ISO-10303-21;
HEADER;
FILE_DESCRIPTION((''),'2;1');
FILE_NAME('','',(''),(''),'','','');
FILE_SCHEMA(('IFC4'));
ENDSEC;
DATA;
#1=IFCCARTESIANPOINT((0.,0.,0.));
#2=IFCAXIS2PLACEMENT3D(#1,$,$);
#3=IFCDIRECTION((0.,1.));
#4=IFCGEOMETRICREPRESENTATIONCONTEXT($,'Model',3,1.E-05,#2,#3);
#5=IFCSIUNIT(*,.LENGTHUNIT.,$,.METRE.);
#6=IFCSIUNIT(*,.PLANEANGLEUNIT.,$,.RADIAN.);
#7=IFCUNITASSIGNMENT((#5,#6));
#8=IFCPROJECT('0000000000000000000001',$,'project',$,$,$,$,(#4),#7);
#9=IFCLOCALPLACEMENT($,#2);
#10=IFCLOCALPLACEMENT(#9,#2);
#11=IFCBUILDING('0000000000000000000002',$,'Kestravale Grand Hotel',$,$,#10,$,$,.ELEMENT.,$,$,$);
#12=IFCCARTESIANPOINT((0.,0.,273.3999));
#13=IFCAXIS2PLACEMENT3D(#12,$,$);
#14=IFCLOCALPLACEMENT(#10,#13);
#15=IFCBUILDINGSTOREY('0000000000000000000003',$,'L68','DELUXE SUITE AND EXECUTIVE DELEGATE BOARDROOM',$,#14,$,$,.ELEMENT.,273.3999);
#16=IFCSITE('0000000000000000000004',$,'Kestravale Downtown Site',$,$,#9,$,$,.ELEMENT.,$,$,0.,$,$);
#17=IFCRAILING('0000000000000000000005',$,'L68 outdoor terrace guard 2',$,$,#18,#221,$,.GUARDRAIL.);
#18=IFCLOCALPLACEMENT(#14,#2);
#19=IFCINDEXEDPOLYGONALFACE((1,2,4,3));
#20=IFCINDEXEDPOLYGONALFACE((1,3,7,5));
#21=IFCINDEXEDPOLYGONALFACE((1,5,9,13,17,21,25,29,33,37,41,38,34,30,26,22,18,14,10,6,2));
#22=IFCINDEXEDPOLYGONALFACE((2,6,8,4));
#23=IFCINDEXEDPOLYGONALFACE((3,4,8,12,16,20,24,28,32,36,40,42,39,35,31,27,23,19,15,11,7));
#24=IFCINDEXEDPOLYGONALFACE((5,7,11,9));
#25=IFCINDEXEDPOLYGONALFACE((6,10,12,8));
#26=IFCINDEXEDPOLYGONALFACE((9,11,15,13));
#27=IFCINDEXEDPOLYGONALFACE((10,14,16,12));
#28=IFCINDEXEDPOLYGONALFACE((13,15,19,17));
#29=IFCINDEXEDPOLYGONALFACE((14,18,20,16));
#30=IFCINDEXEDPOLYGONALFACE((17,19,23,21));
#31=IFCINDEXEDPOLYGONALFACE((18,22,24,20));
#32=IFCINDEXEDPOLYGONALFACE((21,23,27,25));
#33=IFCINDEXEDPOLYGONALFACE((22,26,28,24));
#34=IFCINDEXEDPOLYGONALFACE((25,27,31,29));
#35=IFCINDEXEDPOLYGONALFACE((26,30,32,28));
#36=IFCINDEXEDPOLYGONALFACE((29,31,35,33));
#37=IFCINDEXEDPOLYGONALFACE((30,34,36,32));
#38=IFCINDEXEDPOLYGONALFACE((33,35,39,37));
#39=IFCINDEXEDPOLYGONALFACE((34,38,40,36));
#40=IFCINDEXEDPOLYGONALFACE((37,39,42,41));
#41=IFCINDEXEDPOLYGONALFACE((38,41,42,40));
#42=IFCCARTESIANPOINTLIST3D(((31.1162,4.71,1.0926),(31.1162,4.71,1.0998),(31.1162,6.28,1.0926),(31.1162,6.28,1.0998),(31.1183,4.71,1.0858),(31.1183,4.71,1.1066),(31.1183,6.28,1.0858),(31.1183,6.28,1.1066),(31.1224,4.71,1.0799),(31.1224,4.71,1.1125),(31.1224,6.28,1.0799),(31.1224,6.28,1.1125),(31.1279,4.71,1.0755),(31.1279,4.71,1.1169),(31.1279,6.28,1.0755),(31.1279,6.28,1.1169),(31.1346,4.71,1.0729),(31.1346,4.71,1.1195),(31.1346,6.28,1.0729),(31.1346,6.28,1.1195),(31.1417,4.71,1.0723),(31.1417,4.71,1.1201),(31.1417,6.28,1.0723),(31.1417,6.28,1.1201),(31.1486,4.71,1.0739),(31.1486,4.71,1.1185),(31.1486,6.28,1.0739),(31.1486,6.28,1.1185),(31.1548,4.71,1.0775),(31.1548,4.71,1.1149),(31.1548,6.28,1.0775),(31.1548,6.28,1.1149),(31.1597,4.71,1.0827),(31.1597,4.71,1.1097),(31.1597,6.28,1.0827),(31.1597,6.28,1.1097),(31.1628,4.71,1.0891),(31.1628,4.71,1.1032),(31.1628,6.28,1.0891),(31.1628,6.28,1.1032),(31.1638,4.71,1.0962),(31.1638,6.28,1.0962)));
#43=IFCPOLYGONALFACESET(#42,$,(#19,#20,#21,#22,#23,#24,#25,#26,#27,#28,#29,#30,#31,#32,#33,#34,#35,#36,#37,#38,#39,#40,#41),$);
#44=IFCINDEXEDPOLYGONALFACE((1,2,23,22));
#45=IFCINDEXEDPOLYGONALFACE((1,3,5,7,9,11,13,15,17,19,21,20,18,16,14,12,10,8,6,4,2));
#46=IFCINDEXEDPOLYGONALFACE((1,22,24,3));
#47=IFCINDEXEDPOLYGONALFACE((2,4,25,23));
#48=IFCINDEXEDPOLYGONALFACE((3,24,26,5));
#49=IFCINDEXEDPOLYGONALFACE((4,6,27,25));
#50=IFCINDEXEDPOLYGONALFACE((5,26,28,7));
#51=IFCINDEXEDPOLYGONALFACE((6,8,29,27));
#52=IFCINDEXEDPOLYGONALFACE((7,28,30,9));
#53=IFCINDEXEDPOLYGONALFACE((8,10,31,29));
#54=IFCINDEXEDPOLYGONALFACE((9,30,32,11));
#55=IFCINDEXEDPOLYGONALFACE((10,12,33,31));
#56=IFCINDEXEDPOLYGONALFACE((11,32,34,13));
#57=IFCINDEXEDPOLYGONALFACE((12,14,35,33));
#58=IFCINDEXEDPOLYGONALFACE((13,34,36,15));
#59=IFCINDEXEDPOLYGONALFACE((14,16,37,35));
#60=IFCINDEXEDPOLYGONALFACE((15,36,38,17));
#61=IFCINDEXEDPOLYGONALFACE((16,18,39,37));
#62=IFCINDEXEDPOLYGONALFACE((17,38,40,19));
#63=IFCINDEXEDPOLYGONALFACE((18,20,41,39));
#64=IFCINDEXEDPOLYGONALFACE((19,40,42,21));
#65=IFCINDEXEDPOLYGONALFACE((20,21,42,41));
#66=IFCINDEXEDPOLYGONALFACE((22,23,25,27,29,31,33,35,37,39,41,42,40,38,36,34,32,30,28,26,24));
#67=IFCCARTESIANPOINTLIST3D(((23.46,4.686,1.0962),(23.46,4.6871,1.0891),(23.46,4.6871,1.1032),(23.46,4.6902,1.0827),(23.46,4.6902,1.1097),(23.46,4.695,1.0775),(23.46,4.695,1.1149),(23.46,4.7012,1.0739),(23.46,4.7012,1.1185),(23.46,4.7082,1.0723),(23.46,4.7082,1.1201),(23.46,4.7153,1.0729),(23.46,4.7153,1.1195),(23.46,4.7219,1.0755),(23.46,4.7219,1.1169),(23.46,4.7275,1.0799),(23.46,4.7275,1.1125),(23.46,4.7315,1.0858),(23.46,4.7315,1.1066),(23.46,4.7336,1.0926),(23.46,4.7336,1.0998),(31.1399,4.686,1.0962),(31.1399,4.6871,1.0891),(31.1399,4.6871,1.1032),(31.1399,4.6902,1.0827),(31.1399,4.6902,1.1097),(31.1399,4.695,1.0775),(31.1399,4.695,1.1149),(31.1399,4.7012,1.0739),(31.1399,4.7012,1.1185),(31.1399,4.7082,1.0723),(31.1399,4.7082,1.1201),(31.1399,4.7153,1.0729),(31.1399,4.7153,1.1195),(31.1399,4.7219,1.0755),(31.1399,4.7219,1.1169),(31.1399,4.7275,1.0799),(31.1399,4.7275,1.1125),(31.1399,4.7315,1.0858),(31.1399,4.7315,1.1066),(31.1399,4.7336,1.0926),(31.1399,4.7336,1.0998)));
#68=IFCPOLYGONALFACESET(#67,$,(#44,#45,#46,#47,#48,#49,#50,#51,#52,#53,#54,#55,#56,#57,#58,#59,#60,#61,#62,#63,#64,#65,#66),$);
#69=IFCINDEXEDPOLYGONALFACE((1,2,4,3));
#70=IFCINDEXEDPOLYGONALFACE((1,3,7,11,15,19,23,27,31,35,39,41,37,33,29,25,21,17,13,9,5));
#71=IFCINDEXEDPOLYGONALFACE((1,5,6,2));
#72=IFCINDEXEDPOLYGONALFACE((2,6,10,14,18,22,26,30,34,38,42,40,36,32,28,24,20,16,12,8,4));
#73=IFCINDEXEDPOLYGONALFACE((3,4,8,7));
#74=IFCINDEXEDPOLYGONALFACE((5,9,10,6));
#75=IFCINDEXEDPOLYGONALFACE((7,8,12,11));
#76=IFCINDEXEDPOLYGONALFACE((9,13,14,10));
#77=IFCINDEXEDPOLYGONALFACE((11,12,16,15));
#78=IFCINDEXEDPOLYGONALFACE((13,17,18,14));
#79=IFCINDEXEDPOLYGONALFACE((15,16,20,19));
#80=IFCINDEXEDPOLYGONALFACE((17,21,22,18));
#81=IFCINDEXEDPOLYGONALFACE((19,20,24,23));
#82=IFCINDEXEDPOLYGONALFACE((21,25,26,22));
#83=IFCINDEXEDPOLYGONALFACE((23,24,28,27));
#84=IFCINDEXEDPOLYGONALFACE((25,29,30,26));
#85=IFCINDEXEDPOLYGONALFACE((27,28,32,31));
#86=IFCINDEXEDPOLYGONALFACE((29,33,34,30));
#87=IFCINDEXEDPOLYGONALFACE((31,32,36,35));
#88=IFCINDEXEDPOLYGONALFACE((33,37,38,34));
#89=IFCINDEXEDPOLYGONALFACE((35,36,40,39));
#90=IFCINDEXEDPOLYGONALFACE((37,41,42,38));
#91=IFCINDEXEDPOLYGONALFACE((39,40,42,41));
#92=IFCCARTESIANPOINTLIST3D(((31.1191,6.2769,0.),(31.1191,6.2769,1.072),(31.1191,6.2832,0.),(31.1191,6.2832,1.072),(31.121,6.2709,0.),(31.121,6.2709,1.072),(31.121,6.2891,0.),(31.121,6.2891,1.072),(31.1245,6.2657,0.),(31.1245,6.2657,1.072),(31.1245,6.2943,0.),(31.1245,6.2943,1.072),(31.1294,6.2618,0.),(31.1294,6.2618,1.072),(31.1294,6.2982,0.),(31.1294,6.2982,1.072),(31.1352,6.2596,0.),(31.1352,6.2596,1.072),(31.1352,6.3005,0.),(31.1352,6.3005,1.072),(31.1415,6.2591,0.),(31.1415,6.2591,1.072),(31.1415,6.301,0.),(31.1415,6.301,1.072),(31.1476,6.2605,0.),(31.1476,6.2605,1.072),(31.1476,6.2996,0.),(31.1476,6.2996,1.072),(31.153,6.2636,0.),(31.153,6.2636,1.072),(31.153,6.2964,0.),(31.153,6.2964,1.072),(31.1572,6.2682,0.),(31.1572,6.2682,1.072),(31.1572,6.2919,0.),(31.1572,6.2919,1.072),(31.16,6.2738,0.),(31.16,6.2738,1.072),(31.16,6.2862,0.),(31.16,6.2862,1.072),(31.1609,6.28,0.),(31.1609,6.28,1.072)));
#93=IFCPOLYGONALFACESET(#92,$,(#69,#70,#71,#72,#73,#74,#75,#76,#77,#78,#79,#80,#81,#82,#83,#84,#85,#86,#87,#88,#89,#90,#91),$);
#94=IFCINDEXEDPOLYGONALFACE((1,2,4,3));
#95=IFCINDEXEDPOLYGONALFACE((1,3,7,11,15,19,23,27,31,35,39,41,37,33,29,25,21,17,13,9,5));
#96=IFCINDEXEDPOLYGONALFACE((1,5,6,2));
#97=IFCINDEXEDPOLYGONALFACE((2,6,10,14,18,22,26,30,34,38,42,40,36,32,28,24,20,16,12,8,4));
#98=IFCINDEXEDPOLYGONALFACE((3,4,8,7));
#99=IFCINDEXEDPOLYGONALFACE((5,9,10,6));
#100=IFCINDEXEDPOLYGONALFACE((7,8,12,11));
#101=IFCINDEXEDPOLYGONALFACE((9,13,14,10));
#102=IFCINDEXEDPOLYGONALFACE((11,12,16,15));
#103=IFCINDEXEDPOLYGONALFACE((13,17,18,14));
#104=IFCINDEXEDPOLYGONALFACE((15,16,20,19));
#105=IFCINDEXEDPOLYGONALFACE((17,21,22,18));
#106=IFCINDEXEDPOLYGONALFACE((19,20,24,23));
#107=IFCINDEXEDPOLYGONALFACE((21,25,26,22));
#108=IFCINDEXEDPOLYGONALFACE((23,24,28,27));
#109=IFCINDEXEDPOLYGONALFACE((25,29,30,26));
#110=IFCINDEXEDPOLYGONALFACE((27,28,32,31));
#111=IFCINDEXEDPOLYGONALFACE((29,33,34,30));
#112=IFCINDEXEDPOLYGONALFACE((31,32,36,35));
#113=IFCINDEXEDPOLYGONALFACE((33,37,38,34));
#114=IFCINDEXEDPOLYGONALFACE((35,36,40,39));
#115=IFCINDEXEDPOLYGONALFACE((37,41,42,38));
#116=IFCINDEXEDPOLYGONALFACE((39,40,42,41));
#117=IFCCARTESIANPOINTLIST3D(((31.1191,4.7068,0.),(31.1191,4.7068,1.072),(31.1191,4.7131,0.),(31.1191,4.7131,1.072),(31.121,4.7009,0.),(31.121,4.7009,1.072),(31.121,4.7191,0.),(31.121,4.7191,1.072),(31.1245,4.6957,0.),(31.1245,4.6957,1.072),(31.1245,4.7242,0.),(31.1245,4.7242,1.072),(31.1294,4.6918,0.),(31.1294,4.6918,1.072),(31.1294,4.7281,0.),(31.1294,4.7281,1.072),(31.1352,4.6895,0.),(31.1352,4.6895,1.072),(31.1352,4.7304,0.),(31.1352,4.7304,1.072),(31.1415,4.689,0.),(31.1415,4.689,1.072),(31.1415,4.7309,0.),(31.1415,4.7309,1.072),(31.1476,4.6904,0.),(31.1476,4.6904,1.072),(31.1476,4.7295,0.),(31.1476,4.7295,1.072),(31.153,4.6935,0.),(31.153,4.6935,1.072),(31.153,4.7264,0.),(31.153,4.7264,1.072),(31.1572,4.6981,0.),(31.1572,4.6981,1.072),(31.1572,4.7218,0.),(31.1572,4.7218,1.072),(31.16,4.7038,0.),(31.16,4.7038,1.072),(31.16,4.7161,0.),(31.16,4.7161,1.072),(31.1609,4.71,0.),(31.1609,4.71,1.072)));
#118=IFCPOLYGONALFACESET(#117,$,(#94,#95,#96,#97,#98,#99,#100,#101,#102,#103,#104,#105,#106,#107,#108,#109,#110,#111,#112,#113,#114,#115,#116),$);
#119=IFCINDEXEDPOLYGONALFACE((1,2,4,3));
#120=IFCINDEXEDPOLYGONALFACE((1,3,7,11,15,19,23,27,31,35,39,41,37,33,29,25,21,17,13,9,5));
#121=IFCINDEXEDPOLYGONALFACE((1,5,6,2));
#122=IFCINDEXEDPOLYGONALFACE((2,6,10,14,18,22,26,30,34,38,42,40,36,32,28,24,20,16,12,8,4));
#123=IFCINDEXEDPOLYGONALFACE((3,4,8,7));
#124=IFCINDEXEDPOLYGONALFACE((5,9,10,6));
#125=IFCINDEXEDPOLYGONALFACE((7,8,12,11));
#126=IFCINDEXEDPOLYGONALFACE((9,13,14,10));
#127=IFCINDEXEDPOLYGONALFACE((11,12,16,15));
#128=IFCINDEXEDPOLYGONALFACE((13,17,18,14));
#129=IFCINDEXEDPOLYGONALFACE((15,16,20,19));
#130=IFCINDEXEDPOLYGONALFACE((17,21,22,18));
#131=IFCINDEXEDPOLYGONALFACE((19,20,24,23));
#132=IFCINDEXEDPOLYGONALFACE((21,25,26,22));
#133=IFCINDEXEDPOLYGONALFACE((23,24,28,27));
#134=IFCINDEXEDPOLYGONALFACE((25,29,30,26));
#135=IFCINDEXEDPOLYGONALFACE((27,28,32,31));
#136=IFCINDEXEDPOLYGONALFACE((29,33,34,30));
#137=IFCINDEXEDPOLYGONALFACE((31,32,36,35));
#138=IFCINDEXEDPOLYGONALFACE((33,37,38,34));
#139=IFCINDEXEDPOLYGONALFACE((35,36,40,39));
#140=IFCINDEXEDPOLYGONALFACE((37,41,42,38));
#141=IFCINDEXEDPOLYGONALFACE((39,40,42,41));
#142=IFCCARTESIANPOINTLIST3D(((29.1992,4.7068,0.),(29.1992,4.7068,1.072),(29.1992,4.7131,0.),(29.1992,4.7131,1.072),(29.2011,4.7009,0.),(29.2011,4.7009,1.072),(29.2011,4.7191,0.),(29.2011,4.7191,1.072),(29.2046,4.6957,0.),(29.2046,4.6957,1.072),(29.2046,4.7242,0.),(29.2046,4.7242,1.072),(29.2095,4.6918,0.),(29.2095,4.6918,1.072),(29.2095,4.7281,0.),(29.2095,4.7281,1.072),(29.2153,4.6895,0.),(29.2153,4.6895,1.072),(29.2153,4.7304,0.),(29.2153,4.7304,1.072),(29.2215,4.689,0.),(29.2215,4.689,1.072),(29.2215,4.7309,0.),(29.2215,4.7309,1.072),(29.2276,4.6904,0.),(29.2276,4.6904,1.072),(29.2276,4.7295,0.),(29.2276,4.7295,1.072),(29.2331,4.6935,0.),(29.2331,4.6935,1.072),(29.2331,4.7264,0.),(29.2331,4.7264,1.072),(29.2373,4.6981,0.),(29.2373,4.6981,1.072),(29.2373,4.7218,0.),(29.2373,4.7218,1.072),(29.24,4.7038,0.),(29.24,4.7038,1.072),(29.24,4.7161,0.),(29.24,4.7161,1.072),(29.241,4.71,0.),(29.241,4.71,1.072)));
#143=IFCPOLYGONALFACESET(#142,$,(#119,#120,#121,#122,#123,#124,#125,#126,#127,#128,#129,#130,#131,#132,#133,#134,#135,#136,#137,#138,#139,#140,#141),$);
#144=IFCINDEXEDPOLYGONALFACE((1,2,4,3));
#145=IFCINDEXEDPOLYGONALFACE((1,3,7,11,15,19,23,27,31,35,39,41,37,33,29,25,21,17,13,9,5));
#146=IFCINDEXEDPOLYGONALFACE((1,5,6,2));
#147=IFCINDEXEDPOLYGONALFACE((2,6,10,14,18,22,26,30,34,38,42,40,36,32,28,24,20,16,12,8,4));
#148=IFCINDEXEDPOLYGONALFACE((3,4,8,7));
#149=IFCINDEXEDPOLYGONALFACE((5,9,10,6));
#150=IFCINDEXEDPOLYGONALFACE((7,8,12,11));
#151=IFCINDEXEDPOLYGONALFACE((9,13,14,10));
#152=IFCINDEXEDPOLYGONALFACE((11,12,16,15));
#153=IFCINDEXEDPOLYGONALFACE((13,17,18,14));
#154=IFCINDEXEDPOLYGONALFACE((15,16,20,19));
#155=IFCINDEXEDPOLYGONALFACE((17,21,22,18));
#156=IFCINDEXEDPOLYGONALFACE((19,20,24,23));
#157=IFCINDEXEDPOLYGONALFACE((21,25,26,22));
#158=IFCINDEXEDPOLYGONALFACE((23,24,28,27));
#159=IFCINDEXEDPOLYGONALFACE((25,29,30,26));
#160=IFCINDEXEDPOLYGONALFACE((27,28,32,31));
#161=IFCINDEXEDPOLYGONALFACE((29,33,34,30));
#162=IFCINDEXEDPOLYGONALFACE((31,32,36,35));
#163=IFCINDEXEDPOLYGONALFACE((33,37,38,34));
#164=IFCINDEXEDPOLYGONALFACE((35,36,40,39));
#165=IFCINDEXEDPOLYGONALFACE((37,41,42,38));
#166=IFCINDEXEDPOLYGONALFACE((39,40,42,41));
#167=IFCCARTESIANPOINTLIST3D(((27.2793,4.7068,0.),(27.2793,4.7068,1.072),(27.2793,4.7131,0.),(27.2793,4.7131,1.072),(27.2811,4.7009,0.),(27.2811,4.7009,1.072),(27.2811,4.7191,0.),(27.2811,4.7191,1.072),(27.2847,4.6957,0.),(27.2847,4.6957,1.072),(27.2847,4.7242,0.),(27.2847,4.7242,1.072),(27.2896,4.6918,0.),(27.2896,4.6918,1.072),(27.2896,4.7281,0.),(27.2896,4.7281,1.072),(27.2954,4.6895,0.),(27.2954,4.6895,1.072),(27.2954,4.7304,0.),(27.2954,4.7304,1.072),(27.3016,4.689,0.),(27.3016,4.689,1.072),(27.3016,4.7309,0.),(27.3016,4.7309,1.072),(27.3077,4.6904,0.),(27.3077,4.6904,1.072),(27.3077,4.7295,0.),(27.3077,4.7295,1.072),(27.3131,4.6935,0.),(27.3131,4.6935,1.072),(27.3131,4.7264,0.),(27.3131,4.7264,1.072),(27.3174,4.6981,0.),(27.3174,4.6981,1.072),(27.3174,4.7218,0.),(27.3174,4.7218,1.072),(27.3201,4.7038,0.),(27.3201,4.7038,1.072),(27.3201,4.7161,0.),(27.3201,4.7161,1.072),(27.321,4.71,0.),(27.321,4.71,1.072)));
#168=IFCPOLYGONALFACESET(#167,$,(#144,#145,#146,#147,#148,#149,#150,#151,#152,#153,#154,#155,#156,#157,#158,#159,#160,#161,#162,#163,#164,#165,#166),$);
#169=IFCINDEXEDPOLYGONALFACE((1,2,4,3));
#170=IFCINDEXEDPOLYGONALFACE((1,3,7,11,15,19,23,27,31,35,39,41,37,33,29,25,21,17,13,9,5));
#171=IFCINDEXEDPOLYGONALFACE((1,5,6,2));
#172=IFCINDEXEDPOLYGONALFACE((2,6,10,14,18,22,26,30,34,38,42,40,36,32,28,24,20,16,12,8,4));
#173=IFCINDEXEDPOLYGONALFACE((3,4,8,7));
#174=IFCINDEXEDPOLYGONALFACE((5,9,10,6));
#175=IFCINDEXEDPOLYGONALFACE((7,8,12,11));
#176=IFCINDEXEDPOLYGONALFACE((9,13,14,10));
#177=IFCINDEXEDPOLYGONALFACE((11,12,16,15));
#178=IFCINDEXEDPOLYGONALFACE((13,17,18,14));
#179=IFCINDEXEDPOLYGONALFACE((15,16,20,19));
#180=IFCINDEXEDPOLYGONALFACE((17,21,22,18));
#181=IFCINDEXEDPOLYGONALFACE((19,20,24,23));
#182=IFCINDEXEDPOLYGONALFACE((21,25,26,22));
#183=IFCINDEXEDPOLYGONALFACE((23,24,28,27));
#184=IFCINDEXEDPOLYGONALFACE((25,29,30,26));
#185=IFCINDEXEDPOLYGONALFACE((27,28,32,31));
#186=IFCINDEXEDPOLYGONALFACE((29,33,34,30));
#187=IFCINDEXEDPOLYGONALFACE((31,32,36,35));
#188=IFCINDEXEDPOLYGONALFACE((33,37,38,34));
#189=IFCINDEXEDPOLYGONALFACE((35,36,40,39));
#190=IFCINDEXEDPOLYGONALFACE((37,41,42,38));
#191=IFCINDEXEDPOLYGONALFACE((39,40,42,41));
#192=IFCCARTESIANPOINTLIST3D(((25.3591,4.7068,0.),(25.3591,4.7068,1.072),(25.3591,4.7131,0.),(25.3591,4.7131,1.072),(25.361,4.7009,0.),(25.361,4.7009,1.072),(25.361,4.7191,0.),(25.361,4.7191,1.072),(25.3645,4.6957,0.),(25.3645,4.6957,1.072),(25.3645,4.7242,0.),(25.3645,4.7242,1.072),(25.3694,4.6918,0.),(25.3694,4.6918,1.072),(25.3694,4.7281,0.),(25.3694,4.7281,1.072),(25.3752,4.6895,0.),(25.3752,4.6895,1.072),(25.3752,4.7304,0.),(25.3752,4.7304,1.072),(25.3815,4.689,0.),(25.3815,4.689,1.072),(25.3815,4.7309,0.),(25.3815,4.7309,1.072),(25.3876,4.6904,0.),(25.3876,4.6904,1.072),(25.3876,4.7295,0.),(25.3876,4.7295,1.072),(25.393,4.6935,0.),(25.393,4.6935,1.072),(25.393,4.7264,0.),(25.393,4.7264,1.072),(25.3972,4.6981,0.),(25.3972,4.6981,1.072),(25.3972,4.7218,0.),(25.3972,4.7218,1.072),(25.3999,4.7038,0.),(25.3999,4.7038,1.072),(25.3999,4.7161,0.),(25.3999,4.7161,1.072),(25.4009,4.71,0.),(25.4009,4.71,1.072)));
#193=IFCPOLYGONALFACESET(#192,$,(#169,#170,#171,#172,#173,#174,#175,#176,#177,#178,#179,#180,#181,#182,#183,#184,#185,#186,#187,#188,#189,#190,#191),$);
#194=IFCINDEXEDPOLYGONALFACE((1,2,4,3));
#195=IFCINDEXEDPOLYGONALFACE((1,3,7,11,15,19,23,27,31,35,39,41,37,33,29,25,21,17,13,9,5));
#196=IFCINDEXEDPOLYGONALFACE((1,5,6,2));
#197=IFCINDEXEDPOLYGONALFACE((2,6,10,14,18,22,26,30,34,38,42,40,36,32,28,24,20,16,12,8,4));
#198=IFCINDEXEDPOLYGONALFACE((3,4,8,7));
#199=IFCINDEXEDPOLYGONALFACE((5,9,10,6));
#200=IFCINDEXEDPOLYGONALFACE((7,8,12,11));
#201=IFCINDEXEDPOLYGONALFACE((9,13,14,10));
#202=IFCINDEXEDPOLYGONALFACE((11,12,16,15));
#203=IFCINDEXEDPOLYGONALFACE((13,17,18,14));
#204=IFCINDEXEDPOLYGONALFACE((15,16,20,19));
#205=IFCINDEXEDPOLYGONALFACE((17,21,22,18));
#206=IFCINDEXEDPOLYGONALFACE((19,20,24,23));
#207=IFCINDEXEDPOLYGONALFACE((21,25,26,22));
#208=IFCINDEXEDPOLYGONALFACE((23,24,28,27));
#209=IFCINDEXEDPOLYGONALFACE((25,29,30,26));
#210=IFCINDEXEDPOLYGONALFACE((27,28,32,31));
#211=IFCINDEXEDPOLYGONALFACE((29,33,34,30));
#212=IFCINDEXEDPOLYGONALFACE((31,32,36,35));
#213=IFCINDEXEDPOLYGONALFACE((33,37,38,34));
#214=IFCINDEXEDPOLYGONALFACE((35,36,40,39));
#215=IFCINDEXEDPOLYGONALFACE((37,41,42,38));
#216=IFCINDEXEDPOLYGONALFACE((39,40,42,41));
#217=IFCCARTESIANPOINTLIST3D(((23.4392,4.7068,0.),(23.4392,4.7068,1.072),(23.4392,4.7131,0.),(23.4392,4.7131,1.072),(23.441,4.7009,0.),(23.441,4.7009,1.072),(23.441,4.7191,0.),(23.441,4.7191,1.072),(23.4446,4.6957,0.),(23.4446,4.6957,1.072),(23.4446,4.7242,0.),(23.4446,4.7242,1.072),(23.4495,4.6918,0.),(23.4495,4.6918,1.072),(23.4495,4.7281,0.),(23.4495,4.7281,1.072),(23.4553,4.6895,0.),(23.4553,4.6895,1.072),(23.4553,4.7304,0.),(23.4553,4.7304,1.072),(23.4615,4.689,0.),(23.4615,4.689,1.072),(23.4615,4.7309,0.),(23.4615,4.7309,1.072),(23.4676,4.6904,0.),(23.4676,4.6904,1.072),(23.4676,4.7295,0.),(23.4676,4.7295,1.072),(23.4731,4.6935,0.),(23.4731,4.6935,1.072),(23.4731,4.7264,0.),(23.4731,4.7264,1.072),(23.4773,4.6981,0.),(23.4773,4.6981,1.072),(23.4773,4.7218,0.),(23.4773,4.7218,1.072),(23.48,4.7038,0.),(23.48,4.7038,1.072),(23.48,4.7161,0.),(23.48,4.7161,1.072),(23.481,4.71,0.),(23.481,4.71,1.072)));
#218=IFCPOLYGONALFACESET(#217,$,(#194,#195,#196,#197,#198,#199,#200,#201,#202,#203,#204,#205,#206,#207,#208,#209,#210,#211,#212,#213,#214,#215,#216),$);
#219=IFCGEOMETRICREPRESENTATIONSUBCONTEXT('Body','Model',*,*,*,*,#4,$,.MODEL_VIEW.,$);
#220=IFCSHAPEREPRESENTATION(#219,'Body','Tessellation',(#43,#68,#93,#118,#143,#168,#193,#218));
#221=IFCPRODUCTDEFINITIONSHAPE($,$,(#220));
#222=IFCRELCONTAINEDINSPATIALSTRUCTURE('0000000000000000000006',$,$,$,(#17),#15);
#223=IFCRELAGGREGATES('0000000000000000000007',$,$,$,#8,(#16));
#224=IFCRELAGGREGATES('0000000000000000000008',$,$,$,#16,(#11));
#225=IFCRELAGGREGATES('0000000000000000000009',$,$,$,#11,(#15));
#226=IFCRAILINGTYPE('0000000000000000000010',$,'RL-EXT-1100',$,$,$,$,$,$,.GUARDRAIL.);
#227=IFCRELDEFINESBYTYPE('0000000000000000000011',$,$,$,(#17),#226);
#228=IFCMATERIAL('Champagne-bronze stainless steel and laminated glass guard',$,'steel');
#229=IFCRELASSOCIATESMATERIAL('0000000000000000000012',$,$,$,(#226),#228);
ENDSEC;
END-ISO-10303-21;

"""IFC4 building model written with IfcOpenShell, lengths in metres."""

from ifc_helpers import new_model, si_unit, direction, frame, origin, origin_2d, place, context, subcontext, project, spatial, circle, extrude, material, type_object, element, save


model = new_model("IFC4")

# Units and contexts
model_context = context("Model", 3, precision=1e-05, world=origin(), true_north=direction((0.0, 1.0)))
body_context = subcontext(model_context, "Body", "Model", "MODEL_VIEW")
ifc_project = project(units=[si_unit("LENGTHUNIT", "METRE"), si_unit("PLANEANGLEUNIT", "RADIAN")], contexts=[model_context])

# Site, building, storey
site_placement = place(None, origin())
site = spatial("IfcSite", under=ifc_project, at=site_placement, Name="Kestravale Downtown Site", CompositionType="ELEMENT", RefElevation=0.0)
building_placement = place(site_placement, origin())
building = spatial("IfcBuilding", under=site, at=building_placement, Name="Kestravale Grand Hotel", CompositionType="ELEMENT")
storey_placement = place(building_placement, frame((0.0, 0.0, 273.3999)))
storey = spatial("IfcBuildingStorey", under=building, at=storey_placement, Name="L68", Description="DELUXE SUITE AND EXECUTIVE DELEGATE BOARDROOM", CompositionType="ELEMENT", Elevation=273.3999)

# Railing
ifc_material_1 = material(Name="Champagne-bronze stainless steel and laminated glass guard", Category="steel")
railing_type = type_object("IfcRailingType", Name="RL-EXT-1100", PredefinedType="GUARDRAIL", material=ifc_material_1)
railing_1_placement = place(storey_placement, frame((31.1399, 6.28, 0.0)))
element("IfcRailing", 1, at=railing_1_placement, inside=storey, type_object=railing_type, Name="L68 outdoor terrace guard 2", PredefinedType="GUARDRAIL", context=body_context, shape_type="SweptSolid", body=[
    extrude(circle(Radius=0.0239, at=origin_2d()), frame((0.0, 0.0, 1.0962), z_axis=(0.0, -1.0, 0.0), x_axis=(1.0, 0.0, 0.0)), (0.0, 0.0, 1.0), 1.5701),
    extrude(circle(Radius=0.0239, at=origin_2d()), frame((0.0, -1.5701, 1.0962), z_axis=(-1.0, 0.0, 0.0), x_axis=(0.0, -1.0, 0.0)), (0.0, 0.0, 1.0), 7.6799),
    extrude(circle(Radius=0.021, at=origin_2d()), origin(), (0.0, 0.0, 1.0), 1.072),
    extrude(circle(Radius=0.021, at=origin_2d()), frame((0.0, -1.5701, 0.0)), (0.0, 0.0, 1.0), 1.072),
    extrude(circle(Radius=0.021, at=origin_2d()), frame((-1.9199, -1.5701, 0.0)), (0.0, 0.0, 1.0), 1.072),
    extrude(circle(Radius=0.021, at=origin_2d()), frame((-3.8398, -1.5701, 0.0)), (0.0, 0.0, 1.0), 1.072),
    extrude(circle(Radius=0.021, at=origin_2d()), frame((-5.76, -1.5701, 0.0)), (0.0, 0.0, 1.0), 1.072),
    extrude(circle(Radius=0.021, at=origin_2d()), frame((-7.6799, -1.5701, 0.0)), (0.0, 0.0, 1.0), 1.072),
])

save(model, "model.ifc")
